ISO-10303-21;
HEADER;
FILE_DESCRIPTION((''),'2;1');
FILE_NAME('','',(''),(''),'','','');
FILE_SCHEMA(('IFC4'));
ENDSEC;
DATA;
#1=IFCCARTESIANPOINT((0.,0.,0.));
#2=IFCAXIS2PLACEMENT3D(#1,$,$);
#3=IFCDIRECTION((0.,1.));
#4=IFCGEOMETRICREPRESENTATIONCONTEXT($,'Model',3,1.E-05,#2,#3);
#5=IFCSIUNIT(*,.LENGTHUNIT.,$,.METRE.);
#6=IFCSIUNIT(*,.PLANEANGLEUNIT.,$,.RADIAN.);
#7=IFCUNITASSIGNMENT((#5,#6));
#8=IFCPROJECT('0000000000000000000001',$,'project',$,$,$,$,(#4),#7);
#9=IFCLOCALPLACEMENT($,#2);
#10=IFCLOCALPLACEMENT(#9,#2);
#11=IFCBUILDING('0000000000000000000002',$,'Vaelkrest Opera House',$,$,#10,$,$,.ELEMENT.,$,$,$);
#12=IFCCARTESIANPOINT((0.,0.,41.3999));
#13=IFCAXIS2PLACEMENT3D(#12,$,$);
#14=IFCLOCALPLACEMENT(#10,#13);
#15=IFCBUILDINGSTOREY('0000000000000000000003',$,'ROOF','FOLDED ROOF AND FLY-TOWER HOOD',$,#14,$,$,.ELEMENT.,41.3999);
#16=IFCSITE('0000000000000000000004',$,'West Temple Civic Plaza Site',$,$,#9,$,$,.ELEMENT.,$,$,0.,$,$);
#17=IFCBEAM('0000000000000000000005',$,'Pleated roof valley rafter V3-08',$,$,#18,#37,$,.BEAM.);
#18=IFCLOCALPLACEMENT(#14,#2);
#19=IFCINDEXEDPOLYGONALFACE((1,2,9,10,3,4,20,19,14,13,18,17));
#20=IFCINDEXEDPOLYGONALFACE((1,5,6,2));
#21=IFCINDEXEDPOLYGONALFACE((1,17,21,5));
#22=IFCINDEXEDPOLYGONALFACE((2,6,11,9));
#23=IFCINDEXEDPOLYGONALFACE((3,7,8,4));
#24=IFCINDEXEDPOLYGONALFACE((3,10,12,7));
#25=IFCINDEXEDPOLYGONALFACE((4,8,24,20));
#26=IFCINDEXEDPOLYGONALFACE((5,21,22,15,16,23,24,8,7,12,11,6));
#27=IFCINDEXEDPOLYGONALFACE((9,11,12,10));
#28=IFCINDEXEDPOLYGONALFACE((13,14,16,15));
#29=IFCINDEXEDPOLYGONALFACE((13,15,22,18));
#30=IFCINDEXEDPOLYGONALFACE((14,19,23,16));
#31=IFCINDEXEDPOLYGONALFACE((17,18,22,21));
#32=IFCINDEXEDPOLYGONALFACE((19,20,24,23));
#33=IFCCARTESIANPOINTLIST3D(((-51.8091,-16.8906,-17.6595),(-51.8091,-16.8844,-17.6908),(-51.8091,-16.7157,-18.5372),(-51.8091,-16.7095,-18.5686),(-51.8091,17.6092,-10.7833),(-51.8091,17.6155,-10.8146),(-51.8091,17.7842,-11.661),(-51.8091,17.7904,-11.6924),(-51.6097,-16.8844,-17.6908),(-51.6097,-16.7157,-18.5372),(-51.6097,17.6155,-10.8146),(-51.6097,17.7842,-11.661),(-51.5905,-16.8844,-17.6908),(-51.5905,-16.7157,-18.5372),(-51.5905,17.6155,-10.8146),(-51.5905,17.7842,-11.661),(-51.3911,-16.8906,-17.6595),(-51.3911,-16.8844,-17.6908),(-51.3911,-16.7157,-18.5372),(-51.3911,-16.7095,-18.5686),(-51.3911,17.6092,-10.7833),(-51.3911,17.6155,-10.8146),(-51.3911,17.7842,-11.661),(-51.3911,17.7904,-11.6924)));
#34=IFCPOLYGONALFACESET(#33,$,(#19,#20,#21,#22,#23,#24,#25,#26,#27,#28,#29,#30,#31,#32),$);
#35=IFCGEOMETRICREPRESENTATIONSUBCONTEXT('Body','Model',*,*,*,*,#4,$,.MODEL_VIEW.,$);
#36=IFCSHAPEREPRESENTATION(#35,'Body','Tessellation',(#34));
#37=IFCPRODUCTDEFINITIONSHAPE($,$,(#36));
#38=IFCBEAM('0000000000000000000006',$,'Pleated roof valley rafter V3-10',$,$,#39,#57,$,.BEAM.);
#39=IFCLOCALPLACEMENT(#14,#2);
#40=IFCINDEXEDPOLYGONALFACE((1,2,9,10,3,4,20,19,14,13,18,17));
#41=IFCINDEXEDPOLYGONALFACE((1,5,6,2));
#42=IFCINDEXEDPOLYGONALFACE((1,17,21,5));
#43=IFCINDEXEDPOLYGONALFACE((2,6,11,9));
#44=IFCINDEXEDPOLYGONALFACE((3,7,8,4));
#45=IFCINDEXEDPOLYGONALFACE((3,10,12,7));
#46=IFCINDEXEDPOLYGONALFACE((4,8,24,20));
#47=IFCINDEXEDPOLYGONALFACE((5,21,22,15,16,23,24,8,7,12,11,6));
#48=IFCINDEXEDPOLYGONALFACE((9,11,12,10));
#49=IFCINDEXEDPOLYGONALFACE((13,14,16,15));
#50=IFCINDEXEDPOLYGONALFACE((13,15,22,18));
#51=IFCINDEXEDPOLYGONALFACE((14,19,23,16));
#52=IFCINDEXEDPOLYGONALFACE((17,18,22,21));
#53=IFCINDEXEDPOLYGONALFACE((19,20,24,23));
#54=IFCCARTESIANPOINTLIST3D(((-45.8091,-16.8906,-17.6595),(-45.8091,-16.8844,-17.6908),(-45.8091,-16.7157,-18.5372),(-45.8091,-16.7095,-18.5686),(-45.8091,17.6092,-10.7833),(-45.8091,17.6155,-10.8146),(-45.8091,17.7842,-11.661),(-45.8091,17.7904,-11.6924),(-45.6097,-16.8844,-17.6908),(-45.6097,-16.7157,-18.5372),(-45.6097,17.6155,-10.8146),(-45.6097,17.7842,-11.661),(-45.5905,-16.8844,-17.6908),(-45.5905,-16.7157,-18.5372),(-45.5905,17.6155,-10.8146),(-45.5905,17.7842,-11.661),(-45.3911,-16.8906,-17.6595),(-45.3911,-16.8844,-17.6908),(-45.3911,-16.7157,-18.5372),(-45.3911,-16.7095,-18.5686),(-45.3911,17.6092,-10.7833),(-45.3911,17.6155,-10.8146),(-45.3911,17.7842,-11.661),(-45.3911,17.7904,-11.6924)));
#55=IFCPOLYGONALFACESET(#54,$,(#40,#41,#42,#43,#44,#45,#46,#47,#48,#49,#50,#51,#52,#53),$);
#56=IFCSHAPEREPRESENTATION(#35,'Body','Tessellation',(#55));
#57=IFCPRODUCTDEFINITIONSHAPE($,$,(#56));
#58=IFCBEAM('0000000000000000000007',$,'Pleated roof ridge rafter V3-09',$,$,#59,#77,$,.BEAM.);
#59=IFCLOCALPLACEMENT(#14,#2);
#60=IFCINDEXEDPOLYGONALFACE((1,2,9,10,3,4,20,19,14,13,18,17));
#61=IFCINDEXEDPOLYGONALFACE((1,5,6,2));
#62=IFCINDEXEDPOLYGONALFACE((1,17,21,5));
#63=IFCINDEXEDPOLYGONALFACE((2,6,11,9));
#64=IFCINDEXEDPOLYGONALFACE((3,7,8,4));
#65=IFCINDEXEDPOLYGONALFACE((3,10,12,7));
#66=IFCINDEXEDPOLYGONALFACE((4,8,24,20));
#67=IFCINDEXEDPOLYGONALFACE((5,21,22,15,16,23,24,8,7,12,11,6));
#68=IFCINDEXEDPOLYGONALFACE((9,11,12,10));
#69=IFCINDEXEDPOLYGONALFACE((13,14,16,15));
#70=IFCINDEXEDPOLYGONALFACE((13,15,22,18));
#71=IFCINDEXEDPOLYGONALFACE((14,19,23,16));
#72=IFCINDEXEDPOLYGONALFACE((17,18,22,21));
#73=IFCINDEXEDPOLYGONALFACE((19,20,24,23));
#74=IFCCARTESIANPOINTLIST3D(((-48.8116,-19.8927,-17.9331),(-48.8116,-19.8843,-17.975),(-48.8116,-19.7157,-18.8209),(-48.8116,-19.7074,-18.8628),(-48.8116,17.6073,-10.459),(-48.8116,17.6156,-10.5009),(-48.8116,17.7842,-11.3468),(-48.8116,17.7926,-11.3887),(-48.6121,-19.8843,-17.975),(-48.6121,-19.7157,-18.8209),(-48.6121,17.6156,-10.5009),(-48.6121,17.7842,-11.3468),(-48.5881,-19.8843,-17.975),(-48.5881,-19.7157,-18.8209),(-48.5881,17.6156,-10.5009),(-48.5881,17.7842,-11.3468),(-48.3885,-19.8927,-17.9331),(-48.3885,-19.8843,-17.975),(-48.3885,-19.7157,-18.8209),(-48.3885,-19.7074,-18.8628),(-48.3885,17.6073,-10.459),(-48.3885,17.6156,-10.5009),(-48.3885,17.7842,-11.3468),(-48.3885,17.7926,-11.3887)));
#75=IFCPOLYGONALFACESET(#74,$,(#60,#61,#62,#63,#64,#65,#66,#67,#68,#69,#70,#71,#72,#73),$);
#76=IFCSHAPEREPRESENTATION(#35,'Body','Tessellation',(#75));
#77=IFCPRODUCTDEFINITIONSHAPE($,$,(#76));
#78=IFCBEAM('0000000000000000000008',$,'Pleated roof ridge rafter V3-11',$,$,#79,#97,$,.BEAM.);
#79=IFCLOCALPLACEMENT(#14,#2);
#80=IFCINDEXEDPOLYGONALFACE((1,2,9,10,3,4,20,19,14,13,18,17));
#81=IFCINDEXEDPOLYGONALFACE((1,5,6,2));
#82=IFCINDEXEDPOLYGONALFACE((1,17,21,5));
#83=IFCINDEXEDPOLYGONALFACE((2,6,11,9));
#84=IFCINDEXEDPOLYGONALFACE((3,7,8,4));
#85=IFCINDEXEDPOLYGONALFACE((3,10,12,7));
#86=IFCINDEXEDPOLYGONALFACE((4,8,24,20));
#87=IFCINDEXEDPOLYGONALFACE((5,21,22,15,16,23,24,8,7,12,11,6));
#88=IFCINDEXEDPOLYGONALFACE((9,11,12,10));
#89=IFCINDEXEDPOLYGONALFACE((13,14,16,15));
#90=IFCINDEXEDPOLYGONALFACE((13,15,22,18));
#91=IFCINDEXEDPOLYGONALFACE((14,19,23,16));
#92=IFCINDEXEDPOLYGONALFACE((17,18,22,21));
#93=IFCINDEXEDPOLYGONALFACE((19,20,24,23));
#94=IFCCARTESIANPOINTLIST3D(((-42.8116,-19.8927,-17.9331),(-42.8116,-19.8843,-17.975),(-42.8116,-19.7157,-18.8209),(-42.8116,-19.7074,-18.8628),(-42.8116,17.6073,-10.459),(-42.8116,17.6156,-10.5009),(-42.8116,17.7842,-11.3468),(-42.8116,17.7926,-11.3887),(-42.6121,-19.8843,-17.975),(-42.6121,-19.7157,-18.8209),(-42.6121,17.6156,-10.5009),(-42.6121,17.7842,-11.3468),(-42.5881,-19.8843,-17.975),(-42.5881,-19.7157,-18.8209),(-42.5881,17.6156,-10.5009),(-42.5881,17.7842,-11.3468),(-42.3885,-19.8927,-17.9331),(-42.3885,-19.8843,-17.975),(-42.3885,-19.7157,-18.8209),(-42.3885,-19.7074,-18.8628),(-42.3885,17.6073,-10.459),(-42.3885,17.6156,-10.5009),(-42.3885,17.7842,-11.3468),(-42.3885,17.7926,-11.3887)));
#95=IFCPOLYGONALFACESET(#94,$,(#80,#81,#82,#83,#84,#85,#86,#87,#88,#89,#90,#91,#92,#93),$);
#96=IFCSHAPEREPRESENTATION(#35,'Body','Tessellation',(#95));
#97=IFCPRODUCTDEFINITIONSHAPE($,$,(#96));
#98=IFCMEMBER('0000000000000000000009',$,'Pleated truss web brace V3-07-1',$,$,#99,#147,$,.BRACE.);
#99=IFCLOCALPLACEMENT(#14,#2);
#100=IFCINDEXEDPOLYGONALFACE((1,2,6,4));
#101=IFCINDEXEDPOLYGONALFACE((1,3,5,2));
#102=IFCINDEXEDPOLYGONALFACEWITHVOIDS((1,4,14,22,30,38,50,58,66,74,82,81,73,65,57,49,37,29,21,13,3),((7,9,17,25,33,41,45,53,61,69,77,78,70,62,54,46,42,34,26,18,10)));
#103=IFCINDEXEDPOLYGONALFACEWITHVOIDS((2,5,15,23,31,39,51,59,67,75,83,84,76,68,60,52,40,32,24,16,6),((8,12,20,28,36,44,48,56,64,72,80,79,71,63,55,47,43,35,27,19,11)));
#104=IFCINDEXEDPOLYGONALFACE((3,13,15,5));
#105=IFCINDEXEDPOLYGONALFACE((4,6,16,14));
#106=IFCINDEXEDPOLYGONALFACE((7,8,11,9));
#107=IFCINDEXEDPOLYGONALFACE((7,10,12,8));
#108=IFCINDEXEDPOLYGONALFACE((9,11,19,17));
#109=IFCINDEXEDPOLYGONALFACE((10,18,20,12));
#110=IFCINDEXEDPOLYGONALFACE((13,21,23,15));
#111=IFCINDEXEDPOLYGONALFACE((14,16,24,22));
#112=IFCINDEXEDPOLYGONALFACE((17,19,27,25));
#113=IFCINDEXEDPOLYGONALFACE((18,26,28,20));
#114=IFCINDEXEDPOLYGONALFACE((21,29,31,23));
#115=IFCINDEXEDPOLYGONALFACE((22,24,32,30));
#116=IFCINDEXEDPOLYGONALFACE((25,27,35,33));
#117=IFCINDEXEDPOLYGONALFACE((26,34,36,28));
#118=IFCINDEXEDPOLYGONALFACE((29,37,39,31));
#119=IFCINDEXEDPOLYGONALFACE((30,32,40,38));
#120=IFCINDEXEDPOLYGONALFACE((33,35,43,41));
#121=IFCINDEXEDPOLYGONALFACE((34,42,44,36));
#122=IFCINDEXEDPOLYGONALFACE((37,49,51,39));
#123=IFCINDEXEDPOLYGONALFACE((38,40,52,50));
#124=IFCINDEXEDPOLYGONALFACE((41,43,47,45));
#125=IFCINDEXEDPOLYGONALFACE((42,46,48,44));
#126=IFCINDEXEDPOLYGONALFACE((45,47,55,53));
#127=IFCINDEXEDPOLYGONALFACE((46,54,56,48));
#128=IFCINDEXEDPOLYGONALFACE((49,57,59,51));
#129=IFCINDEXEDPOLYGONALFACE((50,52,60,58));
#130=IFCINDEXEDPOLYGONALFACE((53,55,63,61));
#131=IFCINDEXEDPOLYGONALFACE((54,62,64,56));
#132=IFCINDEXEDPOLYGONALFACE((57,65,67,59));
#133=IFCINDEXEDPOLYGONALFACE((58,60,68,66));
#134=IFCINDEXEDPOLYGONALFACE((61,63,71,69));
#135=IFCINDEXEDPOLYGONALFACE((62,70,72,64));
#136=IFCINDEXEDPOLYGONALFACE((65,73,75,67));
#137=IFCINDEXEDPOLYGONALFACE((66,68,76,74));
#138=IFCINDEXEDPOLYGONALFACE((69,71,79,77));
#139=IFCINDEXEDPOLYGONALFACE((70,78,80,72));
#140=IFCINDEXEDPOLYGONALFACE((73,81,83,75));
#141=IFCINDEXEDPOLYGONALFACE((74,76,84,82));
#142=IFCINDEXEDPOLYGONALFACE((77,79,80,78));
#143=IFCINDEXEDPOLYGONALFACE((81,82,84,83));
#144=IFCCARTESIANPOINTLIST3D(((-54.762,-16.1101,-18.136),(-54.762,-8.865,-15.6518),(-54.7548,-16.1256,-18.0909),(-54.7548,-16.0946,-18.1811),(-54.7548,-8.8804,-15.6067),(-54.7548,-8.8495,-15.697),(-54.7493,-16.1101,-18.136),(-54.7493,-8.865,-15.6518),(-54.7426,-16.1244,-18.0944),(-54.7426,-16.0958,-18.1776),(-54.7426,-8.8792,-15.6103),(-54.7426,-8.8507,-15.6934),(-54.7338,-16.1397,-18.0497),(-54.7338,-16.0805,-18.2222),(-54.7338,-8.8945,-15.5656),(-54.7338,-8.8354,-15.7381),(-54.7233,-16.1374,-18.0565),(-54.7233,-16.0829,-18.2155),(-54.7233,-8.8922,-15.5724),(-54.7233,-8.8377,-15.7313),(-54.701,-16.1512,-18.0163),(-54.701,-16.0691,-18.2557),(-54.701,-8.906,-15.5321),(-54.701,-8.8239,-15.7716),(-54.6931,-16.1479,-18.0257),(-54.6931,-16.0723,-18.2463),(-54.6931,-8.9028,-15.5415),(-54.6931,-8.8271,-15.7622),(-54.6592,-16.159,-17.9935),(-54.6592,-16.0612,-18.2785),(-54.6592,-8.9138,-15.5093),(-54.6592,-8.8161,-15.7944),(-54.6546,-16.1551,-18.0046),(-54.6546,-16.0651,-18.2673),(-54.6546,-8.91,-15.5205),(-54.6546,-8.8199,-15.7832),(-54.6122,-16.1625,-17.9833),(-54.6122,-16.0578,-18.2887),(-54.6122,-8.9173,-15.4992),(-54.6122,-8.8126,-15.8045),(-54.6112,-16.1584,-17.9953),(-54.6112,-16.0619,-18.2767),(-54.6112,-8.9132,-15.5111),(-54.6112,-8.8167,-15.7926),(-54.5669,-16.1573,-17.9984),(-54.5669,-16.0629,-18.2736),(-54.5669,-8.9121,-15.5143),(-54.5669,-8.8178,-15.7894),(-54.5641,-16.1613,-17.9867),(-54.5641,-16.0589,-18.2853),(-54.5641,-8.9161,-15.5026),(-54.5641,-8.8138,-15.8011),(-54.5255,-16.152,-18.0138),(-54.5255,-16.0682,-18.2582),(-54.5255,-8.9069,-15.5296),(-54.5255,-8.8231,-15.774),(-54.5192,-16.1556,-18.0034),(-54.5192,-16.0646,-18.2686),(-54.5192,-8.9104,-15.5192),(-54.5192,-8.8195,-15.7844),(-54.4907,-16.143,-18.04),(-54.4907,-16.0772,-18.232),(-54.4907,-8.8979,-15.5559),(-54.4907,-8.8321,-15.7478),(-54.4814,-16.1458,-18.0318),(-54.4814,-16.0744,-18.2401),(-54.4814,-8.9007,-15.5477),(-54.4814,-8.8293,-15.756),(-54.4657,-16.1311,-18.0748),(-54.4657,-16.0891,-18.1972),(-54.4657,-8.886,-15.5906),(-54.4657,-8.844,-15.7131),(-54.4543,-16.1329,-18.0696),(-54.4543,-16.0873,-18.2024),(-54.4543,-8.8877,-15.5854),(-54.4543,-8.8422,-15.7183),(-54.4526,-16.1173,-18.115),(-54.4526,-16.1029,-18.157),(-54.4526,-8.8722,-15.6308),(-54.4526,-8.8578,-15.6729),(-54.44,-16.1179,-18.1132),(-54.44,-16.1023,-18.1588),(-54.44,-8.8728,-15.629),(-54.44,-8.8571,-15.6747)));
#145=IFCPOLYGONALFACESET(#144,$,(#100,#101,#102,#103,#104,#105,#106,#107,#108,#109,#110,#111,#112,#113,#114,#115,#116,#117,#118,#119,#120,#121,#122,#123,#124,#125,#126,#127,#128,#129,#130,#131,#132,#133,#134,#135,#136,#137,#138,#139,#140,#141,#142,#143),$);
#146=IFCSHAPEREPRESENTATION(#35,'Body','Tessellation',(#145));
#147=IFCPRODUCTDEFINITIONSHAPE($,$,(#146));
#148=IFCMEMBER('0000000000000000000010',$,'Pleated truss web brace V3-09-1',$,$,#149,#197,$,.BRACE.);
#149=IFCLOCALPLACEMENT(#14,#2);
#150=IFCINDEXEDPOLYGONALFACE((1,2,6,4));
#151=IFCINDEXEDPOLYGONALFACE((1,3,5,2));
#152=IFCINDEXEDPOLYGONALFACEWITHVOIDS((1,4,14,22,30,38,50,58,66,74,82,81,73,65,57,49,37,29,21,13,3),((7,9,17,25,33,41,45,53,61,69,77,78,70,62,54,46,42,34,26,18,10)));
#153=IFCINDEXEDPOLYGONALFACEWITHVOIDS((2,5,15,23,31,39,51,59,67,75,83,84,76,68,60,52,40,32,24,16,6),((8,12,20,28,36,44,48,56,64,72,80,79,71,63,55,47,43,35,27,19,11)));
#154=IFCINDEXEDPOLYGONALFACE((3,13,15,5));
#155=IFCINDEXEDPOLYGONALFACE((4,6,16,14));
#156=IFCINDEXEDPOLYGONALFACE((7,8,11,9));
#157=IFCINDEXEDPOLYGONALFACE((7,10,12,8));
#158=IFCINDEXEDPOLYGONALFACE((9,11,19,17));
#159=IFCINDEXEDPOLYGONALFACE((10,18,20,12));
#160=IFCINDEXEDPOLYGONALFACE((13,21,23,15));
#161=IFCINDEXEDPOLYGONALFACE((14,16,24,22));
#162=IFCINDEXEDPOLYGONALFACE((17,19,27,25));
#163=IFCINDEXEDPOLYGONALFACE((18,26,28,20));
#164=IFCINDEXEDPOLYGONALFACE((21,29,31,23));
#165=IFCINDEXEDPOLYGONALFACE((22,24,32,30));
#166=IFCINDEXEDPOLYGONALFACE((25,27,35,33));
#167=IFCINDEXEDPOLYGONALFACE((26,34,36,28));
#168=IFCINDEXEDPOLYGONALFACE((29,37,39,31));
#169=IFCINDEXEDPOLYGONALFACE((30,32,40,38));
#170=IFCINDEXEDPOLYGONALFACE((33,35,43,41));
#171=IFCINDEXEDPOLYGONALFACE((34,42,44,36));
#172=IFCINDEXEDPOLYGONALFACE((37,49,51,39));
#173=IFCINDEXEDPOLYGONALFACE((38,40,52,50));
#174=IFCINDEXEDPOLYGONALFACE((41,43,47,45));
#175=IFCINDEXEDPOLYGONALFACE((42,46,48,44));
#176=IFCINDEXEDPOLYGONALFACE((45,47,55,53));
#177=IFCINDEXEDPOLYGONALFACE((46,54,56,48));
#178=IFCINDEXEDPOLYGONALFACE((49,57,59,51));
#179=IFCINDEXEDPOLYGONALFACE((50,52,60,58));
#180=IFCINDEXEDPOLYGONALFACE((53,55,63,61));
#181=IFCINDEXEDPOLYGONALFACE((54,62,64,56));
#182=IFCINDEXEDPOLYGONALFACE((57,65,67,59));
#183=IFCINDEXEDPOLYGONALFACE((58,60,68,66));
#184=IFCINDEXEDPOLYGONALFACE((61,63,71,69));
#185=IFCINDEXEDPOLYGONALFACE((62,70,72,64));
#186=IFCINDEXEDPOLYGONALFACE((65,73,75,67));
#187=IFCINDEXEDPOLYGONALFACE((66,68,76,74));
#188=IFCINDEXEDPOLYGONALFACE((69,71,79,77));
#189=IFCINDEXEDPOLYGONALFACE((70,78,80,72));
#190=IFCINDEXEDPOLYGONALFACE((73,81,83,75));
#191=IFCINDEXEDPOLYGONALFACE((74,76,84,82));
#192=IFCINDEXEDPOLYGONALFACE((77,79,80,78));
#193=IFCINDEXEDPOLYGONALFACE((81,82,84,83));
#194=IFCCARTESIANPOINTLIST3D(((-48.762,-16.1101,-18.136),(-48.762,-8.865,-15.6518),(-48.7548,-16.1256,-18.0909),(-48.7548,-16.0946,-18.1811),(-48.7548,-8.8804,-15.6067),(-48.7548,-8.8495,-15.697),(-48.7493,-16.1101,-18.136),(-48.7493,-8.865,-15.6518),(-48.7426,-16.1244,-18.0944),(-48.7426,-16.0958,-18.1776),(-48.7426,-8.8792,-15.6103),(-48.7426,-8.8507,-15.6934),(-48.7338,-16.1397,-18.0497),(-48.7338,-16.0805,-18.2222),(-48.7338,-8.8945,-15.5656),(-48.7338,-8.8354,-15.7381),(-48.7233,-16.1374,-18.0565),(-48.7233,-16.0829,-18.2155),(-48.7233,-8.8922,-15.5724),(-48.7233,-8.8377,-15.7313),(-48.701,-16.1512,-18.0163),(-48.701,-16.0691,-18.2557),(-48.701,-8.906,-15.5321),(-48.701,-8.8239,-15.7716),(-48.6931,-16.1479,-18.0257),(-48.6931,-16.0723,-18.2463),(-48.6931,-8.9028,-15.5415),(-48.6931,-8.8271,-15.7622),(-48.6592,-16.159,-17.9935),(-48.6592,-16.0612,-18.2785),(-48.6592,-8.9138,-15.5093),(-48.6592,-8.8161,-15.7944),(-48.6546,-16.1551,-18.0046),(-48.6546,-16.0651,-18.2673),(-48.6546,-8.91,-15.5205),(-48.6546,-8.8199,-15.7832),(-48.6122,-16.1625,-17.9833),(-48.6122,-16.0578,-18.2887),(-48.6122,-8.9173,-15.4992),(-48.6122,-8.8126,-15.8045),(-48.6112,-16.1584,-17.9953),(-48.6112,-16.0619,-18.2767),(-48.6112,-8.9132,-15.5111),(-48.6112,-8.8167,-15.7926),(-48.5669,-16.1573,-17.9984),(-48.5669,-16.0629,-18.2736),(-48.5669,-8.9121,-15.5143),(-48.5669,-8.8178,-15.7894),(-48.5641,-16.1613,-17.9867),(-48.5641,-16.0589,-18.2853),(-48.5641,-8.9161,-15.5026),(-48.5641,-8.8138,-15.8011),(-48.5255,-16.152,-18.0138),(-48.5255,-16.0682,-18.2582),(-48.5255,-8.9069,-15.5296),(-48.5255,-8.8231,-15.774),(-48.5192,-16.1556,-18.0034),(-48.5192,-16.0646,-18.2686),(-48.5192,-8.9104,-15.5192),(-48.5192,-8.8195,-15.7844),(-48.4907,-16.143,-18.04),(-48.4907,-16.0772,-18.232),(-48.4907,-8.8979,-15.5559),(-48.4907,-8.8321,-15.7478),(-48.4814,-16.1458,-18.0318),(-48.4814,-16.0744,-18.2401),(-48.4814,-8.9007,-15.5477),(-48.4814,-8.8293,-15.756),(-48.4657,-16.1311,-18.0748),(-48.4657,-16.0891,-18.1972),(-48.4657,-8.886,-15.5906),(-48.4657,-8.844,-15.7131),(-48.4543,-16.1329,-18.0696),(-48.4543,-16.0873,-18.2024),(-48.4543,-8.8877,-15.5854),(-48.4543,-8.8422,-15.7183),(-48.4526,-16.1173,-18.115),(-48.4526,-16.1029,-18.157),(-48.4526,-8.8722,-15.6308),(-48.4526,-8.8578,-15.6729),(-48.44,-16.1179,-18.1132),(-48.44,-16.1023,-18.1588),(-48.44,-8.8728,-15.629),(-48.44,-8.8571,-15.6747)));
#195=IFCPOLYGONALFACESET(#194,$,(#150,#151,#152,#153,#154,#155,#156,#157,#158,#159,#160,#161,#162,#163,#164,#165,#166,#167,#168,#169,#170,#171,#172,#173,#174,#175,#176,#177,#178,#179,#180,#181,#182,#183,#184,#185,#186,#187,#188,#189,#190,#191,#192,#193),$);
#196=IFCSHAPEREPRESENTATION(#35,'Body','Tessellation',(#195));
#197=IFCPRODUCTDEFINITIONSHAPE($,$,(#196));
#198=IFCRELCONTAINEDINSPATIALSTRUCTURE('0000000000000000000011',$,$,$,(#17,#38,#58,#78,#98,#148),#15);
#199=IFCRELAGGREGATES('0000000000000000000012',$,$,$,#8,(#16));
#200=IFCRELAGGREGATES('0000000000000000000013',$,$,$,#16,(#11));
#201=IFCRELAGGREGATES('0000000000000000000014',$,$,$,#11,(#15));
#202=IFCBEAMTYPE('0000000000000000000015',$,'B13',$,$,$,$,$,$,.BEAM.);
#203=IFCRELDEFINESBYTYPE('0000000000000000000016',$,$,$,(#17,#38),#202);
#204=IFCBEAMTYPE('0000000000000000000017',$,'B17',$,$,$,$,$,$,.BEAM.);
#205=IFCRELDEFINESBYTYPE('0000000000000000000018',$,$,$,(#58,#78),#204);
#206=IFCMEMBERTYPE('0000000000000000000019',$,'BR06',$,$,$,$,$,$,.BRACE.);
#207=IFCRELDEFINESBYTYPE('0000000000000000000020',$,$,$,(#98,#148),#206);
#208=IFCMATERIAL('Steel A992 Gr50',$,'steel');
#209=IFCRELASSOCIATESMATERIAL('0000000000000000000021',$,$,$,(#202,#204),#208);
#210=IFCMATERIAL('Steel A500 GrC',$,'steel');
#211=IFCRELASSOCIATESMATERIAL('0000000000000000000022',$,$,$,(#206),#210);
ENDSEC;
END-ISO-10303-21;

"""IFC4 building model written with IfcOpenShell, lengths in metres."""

from ifc_helpers import new_model, si_unit, direction, frame, origin, origin_2d, place, context, subcontext, project, spatial, hollow_circle, i_section, extrude, material, material_profile, profile_set, type_object, element, save


model = new_model("IFC4")

# Units and contexts
model_context = context("Model", 3, precision=1e-05, world=origin(), true_north=direction((0.0, 1.0)))
body_context = subcontext(model_context, "Body", "Model", "MODEL_VIEW")
ifc_project = project(units=[si_unit("LENGTHUNIT", "METRE"), si_unit("PLANEANGLEUNIT", "RADIAN")], contexts=[model_context])

# Site, building, storey
site_placement = place(None, origin())
site = spatial("IfcSite", under=ifc_project, at=site_placement, Name="West Temple Civic Plaza Site", CompositionType="ELEMENT", RefElevation=0.0)
building_placement = place(site_placement, origin())
building = spatial("IfcBuilding", under=site, at=building_placement, Name="Vaelkrest Opera House", CompositionType="ELEMENT")
storey_placement = place(building_placement, frame((0.0, 0.0, 41.3999)))
storey = spatial("IfcBuildingStorey", under=building, at=storey_placement, Name="ROOF", Description="FOLDED ROOF AND FLY-TOWER HOOD", CompositionType="ELEMENT", Elevation=41.3999)

# Beams
ifc_material_1 = material(Name="Steel A992 Gr50", Category="steel")
ifc_material_profile_1 = material_profile(ifc_material_1, i_section(OverallWidth=0.418, OverallDepth=0.927, WebThickness=0.0193, FlangeThickness=0.032, at=origin_2d()), Name="W36X231")
ifc_profile_set_1 = profile_set([ifc_material_profile_1], Name="Steel A992 Gr50")
beam_type_1 = type_object("IfcBeamType", Name="B13", PredefinedType="BEAM", material=ifc_profile_set_1)
for number, where, z_axis, x_axis, name in (
    (1, (-51.6001, -16.8, -18.114), (0.0, 0.98071, 0.195466), (-1.0, 0.0, 0.0), "Pleated roof valley rafter V3-08"),
    (2, (-45.6001, -16.8, -18.114), (0.0, 0.98071, 0.195466), (-1.0, 0.0, 0.0), "Pleated roof valley rafter V3-10"),
):
    element("IfcBeam", number, at=place(storey_placement, frame(where, z_axis=z_axis, x_axis=x_axis)), inside=storey, type_object=beam_type_1, Name=name, PredefinedType="BEAM", context=body_context, shape_type="SweptSolid", body=[
        extrude(i_section(OverallWidth=0.418, OverallDepth=0.927, WebThickness=0.0193, FlangeThickness=0.032, at=origin_2d()), origin(), (0.0, 0.0, 1.0), 35.1785),
    ])
ifc_material_profile_2 = material_profile(ifc_material_1, i_section(OverallWidth=0.4231, OverallDepth=0.948, WebThickness=0.0239, FlangeThickness=0.0427, at=origin_2d()), Name="W36X302")
ifc_profile_set_2 = profile_set([ifc_material_profile_2], Name="Steel A992 Gr50")
beam_type_2 = type_object("IfcBeamType", Name="B17", PredefinedType="BEAM", material=ifc_profile_set_2)
for number, where, z_axis, x_axis, name in (
    (3, (-48.6001, -19.8, -18.3979), (0.0, 0.980711, 0.195465), (-1.0, 0.0, 0.0), "Pleated roof ridge rafter V3-09"),
    (4, (-42.6001, -19.8, -18.3979), (0.0, 0.980711, 0.195465), (-1.0, 0.0, 0.0), "Pleated roof ridge rafter V3-11"),
):
    element("IfcBeam", number, at=place(storey_placement, frame(where, z_axis=z_axis, x_axis=x_axis)), inside=storey, type_object=beam_type_2, Name=name, PredefinedType="BEAM", context=body_context, shape_type="SweptSolid", body=[
        extrude(i_section(OverallWidth=0.4231, OverallDepth=0.948, WebThickness=0.0239, FlangeThickness=0.0427, at=origin_2d()), origin(), (0.0, 0.0, 1.0), 38.2375),
    ])

# Members
ifc_material_2 = material(Name="Steel A500 GrC", Category="steel")
ifc_material_profile_3 = material_profile(ifc_material_2, hollow_circle(Radius=0.1619, WallThickness=0.0127, at=origin_2d()), Name="HSS323.9X12.7")
ifc_profile_set_3 = profile_set([ifc_material_profile_3], Name="Steel A500 GrC")
member_type_1 = type_object("IfcMemberType", Name="BR06", PredefinedType="BRACE", material=ifc_profile_set_3)
for number, where, z_axis, x_axis, name in (
    (5, (-54.6001, -16.1101, -18.136), (0.0, 0.945942, 0.324335), (-1.0, 0.0, 0.0), "Pleated truss web brace V3-07-1"),
    (6, (-48.6001, -16.1101, -18.136), (0.0, 0.945942, 0.324335), (-1.0, 0.0, 0.0), "Pleated truss web brace V3-09-1"),
):
    element("IfcMember", number, at=place(storey_placement, frame(where, z_axis=z_axis, x_axis=x_axis)), inside=storey, type_object=member_type_1, Name=name, PredefinedType="BRACE", context=body_context, shape_type="SweptSolid", body=[
        extrude(hollow_circle(Radius=0.1619, WallThickness=0.0127, at=origin_2d()), origin(), (0.0, 0.0, 1.0), 7.6592),
    ])

save(model, "model.ifc")
